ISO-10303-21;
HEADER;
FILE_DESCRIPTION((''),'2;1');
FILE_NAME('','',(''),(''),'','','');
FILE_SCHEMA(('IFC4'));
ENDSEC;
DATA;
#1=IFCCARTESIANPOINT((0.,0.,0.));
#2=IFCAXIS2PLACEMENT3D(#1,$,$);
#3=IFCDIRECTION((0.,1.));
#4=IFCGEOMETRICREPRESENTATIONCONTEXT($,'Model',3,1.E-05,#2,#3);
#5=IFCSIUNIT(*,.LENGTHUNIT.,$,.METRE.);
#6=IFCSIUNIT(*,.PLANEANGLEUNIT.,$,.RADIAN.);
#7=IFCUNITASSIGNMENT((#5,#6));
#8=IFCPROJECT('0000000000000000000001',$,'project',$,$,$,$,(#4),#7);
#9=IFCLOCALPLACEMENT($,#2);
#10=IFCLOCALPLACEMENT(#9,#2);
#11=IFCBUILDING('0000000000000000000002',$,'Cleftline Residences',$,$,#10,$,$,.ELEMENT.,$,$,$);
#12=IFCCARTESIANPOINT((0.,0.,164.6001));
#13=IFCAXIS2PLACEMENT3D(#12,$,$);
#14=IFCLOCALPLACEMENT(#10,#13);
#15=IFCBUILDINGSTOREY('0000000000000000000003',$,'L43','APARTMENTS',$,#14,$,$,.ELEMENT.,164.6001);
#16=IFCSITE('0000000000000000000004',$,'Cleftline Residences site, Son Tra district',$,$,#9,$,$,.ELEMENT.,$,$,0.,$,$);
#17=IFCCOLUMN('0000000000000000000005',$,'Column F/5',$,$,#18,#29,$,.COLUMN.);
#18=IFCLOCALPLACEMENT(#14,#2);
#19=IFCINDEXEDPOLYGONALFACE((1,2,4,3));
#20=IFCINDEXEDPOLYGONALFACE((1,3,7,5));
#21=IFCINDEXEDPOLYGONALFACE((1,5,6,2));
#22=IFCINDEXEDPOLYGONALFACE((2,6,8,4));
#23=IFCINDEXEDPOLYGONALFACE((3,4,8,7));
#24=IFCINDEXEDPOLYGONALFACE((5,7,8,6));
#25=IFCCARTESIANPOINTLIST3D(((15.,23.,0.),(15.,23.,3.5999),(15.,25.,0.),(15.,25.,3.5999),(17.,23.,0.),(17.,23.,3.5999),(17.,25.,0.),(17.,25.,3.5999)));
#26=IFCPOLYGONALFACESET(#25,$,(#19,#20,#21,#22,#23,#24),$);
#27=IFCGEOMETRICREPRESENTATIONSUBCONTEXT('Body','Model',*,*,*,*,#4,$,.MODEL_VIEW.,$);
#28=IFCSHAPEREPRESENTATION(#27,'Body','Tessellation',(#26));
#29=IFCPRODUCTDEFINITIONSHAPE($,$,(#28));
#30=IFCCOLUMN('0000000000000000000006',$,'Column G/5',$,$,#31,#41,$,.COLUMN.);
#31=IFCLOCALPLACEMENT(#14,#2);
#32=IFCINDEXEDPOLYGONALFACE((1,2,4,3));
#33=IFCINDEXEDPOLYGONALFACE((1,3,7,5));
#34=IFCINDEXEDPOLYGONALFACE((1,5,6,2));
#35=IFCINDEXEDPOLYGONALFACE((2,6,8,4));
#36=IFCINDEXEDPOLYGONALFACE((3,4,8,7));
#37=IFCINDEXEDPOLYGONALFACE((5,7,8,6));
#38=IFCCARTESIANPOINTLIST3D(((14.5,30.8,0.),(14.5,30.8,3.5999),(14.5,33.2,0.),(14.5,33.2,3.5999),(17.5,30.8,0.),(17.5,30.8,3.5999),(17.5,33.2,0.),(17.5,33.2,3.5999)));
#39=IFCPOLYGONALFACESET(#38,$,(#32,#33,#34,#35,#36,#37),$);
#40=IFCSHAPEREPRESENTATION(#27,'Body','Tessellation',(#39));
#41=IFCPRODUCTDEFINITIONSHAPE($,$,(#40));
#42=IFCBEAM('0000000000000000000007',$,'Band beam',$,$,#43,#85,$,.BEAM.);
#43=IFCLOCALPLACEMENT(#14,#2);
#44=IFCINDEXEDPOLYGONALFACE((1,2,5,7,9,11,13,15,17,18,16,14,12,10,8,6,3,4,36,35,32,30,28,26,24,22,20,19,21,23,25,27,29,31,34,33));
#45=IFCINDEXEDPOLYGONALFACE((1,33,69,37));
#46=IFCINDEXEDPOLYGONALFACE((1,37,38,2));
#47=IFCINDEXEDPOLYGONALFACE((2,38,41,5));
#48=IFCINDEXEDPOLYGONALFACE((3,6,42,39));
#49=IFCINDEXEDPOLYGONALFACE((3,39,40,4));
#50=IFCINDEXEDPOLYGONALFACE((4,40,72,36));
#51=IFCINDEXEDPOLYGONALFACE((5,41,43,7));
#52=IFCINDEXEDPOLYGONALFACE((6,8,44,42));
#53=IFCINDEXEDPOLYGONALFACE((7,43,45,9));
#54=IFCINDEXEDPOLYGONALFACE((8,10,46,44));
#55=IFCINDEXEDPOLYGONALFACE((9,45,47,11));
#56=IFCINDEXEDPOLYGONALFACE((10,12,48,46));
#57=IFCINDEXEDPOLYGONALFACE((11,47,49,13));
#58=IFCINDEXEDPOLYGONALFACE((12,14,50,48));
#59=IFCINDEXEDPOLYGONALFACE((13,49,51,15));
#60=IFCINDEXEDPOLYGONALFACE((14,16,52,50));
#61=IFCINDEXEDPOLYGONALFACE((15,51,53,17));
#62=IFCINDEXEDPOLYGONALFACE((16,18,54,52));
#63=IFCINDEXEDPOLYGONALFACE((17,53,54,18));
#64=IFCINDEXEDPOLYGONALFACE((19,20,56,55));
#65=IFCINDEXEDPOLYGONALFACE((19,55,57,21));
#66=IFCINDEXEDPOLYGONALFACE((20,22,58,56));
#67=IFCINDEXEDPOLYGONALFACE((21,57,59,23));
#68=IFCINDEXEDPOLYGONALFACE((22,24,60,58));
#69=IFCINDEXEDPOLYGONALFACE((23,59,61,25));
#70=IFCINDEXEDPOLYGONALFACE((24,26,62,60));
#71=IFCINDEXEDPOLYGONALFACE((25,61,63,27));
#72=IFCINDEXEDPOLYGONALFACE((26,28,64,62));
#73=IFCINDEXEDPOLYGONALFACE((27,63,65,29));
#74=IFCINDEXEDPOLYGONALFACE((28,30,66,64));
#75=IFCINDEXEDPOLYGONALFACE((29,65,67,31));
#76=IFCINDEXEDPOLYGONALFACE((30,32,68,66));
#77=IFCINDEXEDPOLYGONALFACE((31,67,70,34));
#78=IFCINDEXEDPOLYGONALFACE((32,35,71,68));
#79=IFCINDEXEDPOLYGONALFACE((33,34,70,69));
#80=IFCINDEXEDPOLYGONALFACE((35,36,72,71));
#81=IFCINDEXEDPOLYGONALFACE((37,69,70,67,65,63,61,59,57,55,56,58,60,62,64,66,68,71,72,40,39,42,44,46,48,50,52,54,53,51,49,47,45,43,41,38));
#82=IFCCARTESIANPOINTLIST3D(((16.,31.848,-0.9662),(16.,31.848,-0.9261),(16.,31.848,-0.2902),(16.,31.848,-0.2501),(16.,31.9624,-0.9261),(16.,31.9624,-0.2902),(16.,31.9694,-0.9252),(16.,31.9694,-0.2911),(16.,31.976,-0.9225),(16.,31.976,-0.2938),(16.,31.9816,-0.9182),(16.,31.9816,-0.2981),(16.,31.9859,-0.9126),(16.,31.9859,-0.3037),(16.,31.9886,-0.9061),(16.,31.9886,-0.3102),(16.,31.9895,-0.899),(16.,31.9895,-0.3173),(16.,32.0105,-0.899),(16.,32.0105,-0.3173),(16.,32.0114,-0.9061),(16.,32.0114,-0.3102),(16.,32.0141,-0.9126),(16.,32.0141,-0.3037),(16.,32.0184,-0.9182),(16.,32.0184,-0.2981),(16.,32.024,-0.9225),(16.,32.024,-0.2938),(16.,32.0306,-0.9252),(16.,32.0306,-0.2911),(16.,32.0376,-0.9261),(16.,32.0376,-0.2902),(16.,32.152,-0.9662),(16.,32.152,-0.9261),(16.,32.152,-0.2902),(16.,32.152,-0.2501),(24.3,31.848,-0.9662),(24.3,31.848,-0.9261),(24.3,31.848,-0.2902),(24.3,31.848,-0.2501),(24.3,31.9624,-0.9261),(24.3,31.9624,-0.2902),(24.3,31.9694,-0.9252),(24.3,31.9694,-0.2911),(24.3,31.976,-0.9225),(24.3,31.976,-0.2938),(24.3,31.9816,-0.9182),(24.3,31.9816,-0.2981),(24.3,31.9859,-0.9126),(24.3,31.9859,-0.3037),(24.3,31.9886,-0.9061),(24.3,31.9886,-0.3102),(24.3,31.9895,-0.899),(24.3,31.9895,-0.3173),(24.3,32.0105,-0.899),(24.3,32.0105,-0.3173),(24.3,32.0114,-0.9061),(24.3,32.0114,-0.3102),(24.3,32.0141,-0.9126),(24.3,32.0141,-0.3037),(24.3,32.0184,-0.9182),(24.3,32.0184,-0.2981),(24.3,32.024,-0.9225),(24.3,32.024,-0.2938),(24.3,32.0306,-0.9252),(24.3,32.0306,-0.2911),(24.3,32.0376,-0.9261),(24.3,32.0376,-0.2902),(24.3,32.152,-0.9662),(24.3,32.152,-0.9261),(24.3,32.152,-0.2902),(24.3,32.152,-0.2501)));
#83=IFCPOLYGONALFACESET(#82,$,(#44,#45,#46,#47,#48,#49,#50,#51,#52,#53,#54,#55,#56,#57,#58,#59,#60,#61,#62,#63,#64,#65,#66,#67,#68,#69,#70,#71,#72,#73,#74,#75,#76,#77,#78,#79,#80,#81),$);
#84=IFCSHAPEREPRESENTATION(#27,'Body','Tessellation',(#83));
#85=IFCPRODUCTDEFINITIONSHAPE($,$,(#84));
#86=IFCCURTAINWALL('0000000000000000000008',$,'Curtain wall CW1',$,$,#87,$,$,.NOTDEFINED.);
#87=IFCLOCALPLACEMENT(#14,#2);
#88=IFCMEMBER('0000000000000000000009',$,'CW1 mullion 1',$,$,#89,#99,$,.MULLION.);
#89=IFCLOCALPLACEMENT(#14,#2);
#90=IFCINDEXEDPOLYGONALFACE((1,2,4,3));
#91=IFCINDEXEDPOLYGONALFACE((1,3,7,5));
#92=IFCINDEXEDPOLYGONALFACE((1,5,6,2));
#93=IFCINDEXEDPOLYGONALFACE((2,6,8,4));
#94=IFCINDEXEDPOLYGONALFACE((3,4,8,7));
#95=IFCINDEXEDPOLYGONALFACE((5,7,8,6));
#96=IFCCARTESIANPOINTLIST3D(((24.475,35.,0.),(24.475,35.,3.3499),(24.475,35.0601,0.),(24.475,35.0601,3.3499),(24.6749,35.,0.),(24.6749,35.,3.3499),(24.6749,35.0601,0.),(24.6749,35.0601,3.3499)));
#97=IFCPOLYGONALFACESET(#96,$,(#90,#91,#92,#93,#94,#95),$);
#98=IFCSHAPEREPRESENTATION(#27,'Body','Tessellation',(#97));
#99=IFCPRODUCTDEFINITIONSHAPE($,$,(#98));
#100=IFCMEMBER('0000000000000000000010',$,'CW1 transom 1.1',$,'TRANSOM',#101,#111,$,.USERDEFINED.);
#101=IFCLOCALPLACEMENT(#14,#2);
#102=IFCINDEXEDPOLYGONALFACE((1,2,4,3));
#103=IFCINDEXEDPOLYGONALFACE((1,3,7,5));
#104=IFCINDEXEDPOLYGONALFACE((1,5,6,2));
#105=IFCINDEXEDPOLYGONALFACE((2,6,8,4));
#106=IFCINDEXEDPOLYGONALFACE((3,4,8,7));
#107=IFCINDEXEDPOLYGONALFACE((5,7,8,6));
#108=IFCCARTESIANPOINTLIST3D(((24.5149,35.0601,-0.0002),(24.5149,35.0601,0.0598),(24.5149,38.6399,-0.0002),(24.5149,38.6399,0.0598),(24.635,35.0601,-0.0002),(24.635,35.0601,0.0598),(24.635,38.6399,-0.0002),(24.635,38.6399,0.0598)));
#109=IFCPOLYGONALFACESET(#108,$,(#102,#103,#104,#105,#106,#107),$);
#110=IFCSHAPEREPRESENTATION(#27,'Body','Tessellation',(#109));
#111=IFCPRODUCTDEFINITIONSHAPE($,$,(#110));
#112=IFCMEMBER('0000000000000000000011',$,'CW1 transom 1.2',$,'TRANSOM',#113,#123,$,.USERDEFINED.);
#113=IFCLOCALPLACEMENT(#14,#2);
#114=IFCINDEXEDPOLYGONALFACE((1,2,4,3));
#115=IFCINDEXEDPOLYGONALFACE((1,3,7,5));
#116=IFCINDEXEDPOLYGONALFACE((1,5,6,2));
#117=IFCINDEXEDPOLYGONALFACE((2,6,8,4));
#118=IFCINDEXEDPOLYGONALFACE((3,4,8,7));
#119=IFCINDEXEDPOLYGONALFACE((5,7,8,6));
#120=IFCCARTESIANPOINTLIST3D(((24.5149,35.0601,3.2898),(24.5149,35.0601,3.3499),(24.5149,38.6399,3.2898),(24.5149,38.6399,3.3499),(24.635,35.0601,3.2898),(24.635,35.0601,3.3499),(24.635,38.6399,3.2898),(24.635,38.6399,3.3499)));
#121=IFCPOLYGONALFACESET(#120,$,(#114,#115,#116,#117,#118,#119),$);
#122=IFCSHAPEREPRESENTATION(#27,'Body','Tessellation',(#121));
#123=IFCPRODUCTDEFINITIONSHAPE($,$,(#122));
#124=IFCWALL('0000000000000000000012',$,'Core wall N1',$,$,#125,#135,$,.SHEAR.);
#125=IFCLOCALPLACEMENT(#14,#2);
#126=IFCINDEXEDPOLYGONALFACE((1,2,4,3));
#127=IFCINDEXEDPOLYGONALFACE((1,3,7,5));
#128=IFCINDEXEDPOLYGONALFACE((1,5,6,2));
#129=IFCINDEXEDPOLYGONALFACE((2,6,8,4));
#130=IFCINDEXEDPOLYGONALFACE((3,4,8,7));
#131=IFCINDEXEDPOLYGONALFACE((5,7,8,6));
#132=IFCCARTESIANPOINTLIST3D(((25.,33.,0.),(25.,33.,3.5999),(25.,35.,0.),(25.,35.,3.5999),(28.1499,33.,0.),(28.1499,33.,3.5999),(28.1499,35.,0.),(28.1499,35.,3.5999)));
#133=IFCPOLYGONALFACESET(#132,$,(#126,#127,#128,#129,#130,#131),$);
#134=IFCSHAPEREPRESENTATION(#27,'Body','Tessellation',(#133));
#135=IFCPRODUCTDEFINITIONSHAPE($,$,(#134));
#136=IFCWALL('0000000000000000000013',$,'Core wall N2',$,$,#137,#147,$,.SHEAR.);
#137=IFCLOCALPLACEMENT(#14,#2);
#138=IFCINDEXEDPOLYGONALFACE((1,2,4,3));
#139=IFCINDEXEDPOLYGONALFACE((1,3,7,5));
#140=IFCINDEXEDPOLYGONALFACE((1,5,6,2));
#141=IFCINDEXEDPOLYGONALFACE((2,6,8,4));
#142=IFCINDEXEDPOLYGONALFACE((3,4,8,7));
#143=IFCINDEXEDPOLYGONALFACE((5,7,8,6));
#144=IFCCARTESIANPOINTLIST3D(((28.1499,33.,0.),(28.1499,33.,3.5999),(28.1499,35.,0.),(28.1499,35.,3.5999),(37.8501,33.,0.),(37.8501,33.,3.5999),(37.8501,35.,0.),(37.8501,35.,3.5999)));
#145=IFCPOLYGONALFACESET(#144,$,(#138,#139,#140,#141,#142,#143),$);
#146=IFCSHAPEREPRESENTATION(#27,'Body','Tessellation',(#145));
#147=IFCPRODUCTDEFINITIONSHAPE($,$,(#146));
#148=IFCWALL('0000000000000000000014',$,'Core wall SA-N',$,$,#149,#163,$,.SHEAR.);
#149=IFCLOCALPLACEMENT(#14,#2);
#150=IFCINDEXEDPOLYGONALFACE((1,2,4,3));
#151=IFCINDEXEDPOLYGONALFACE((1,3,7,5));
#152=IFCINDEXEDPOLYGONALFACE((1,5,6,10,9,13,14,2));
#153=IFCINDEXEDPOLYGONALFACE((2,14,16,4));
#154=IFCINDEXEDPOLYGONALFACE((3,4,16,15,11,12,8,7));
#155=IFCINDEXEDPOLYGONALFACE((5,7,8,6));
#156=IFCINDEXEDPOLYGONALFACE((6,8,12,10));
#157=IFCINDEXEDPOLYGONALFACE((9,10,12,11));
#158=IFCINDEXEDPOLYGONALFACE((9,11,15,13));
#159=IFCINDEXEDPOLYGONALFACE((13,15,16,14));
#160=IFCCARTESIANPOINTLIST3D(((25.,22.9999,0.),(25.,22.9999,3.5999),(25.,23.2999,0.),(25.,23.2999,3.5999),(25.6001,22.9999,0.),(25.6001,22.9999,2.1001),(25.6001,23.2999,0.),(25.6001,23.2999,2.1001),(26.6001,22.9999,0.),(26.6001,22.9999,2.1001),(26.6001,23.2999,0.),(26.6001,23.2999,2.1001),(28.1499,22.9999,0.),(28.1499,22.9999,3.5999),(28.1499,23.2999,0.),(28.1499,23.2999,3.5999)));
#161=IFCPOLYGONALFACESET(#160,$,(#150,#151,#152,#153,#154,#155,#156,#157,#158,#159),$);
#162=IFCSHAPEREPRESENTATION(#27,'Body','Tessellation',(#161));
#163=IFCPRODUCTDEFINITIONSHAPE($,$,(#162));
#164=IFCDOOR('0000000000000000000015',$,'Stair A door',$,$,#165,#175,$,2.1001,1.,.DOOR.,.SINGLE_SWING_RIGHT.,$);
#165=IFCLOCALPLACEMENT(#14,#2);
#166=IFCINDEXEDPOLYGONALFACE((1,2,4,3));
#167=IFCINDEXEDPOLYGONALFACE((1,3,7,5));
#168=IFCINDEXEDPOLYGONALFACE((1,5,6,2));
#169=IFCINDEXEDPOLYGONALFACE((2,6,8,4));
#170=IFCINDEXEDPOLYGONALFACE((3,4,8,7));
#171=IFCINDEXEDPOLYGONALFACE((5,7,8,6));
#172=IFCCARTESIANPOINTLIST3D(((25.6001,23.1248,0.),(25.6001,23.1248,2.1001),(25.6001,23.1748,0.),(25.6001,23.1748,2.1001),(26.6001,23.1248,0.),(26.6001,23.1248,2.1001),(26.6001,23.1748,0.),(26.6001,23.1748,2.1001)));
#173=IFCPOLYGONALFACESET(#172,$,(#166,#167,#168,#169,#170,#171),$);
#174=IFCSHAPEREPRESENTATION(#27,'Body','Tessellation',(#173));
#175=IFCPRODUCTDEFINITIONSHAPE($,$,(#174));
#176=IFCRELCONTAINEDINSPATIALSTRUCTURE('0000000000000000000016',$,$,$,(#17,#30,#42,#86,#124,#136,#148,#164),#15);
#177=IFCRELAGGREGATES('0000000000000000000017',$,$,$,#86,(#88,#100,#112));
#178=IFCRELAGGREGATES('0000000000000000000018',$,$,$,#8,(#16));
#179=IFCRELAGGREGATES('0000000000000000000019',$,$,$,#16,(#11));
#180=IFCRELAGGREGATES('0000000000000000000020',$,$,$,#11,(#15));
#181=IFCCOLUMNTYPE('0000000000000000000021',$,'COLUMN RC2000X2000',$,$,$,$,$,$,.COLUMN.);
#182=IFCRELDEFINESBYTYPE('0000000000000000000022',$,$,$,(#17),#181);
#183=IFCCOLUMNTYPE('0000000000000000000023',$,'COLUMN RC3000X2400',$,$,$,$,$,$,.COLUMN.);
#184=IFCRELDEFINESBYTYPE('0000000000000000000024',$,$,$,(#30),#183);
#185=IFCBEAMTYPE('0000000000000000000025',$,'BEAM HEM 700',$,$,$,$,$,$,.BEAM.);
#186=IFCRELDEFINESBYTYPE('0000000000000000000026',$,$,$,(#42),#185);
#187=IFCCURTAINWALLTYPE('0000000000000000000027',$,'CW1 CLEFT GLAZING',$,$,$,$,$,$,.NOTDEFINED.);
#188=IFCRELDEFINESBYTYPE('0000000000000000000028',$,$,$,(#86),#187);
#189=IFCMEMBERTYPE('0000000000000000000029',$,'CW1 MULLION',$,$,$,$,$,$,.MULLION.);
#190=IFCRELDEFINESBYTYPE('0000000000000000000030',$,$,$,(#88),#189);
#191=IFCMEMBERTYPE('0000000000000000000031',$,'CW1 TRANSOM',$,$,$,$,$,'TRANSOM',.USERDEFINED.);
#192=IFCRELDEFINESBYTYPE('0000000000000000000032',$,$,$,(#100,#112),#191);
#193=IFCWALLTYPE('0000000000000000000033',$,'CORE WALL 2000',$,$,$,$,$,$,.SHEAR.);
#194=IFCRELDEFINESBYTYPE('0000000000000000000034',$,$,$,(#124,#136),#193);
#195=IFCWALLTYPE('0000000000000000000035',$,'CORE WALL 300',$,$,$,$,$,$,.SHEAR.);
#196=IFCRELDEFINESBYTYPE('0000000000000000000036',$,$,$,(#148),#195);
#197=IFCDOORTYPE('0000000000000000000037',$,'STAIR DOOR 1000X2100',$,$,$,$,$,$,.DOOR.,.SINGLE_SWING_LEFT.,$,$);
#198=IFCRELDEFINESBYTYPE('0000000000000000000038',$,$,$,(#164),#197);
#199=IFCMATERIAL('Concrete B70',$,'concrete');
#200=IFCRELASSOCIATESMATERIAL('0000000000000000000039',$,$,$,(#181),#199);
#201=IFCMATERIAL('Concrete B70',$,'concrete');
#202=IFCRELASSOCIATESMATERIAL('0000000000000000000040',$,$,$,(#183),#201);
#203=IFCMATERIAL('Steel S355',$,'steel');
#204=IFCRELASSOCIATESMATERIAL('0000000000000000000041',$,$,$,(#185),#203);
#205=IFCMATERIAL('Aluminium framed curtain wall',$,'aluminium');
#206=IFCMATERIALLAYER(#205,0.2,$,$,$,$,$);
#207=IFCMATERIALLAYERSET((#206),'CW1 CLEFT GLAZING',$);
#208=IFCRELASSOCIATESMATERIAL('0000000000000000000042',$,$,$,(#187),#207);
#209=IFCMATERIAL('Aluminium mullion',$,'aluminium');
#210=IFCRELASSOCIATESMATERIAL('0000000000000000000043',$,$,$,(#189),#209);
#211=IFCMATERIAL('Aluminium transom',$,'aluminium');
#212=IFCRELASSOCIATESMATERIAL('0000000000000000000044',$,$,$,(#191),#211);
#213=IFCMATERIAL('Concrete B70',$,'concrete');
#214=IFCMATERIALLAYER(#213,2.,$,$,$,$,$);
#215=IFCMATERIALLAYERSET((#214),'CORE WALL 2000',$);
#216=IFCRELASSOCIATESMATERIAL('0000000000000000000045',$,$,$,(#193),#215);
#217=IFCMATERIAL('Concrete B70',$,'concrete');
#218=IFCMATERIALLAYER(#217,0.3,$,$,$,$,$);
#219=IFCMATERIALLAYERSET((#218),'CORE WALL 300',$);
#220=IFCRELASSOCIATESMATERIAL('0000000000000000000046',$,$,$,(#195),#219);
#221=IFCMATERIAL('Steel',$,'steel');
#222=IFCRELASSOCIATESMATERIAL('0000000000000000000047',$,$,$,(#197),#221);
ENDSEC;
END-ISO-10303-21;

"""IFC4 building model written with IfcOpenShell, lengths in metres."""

from ifc_helpers import new_model, si_unit, direction, frame, frame_2d, origin, origin_2d, place, context, subcontext, project, spatial, rectangle, i_section, extrude, material, layer, layer_set, material_profile, profile_set, type_object, element, fill, aggregate, save


model = new_model("IFC4")

# Units and contexts
model_context = context("Model", 3, precision=1e-05, world=origin(), true_north=direction((0.0, 1.0)))
body_context = subcontext(model_context, "Body", "Model", "MODEL_VIEW")
ifc_project = project(units=[si_unit("LENGTHUNIT", "METRE"), si_unit("PLANEANGLEUNIT", "RADIAN")], contexts=[model_context])

# Site, building, storey
site_placement = place(None, origin())
site = spatial("IfcSite", under=ifc_project, at=site_placement, Name="Cleftline Residences site, Son Tra district", CompositionType="ELEMENT", RefElevation=0.0)
building_placement = place(site_placement, origin())
building = spatial("IfcBuilding", under=site, at=building_placement, Name="Cleftline Residences", CompositionType="ELEMENT")
storey_placement = place(building_placement, frame((0.0, 0.0, 164.6001)))
storey = spatial("IfcBuildingStorey", under=building, at=storey_placement, Name="L43", Description="APARTMENTS", CompositionType="ELEMENT", Elevation=164.6001)

# Columns
ifc_material_1 = material(Name="Concrete B70", Category="concrete")
ifc_material_profile_1 = material_profile(ifc_material_1, rectangle(XDim=2.0, YDim=2.0, at=origin_2d()))
ifc_profile_set_1 = profile_set([ifc_material_profile_1], Name="Concrete B70")
column_type_1 = type_object("IfcColumnType", Name="COLUMN RC2000X2000", PredefinedType="COLUMN", material=ifc_profile_set_1)
column_1_placement = place(storey_placement, frame((16.0, 24.0, 0.0), z_axis=(0.0, 0.0, 1.0), x_axis=(1.0, 0.0, 0.0)))
element("IfcColumn", 1, at=column_1_placement, inside=storey, type_object=column_type_1, Name="Column F/5", PredefinedType="COLUMN", context=body_context, shape_type="SweptSolid", body=[
    extrude(rectangle(XDim=2.0, YDim=2.0, at=origin_2d()), origin(), (0.0, 0.0, 1.0), 3.5999),
])
ifc_material_2 = material(Name="Concrete B70", Category="concrete")
ifc_material_profile_2 = material_profile(ifc_material_2, rectangle(XDim=3.0, YDim=2.3999, at=origin_2d()))
ifc_profile_set_2 = profile_set([ifc_material_profile_2], Name="Concrete B70")
column_type_2 = type_object("IfcColumnType", Name="COLUMN RC3000X2400", PredefinedType="COLUMN", material=ifc_profile_set_2)
column_2_placement = place(storey_placement, frame((16.0, 32.0, 0.0), z_axis=(0.0, 0.0, 1.0), x_axis=(1.0, 0.0, 0.0)))
element("IfcColumn", 2, at=column_2_placement, inside=storey, type_object=column_type_2, Name="Column G/5", PredefinedType="COLUMN", context=body_context, shape_type="SweptSolid", body=[
    extrude(rectangle(XDim=3.0, YDim=2.3999, at=origin_2d()), origin(), (0.0, 0.0, 1.0), 3.5999),
])

# Beam
ifc_material_3 = material(Name="Steel S355", Category="steel")
ifc_material_profile_3 = material_profile(ifc_material_3, i_section(OverallWidth=0.304, OverallDepth=0.7161, WebThickness=0.021, FlangeThickness=0.04, FilletRadius=0.0271, at=origin_2d()))
ifc_profile_set_3 = profile_set([ifc_material_profile_3], Name="Steel S355")
beam_type = type_object("IfcBeamType", Name="BEAM HEM 700", PredefinedType="BEAM", material=ifc_profile_set_3)
beam_placement = place(storey_placement, frame((16.0, 32.0, -0.6082), z_axis=(1.0, 0.0, 0.0), x_axis=(0.0, 1.0, 0.0)))
element("IfcBeam", 3, at=beam_placement, inside=storey, type_object=beam_type, Name="Band beam", PredefinedType="BEAM", context=body_context, shape_type="SweptSolid", body=[
    extrude(i_section(OverallWidth=0.304, OverallDepth=0.7161, WebThickness=0.021, FlangeThickness=0.04, FilletRadius=0.0271, at=origin_2d()), origin(), (0.0, 0.0, 1.0), 8.3),
])

# Curtain wall, members
ifc_material_4 = material(Name="Aluminium framed curtain wall", Category="aluminium")
ifc_layer_1 = layer(ifc_material_4, 0.2)
ifc_layer_set_1 = layer_set([ifc_layer_1], Name="CW1 CLEFT GLAZING")
curtain_wall_type = type_object("IfcCurtainWallType", Name="CW1 CLEFT GLAZING", PredefinedType="NOTDEFINED", material=ifc_layer_set_1)
curtain_wall_placement = place(storey_placement, origin())
curtain_wall = element("IfcCurtainWall", 4, at=curtain_wall_placement, inside=storey, type_object=curtain_wall_type, Name="Curtain wall CW1", PredefinedType="NOTDEFINED")
ifc_material_5 = material(Name="Aluminium mullion", Category="aluminium")
ifc_material_profile_4 = material_profile(ifc_material_5, rectangle(XDim=0.2, YDim=0.0601, at=origin_2d()))
ifc_profile_set_4 = profile_set([ifc_material_profile_4], Name="Aluminium mullion")
member_type_1 = type_object("IfcMemberType", Name="CW1 MULLION", PredefinedType="MULLION", material=ifc_profile_set_4)
member_1_placement = place(storey_placement, frame((24.575, 35.03, 0.0), z_axis=(0.0, 0.0, 1.0), x_axis=(-1.0, 0.0, 0.0)))
member_1 = element("IfcMember", 5, at=member_1_placement, type_object=member_type_1, Name="CW1 mullion 1", PredefinedType="MULLION", context=body_context, shape_type="SweptSolid", body=[
    extrude(rectangle(XDim=0.2, YDim=0.0601, at=origin_2d()), origin(), (0.0, 0.0, 1.0), 3.3499),
])
ifc_material_6 = material(Name="Aluminium transom", Category="aluminium")
ifc_material_profile_5 = material_profile(ifc_material_6, rectangle(XDim=0.1201, YDim=0.0601, at=origin_2d()))
ifc_profile_set_5 = profile_set([ifc_material_profile_5], Name="Aluminium transom")
member_type_2 = type_object("IfcMemberType", Name="CW1 TRANSOM", ElementType="TRANSOM", PredefinedType="USERDEFINED", material=ifc_profile_set_5)
member_2_placement = place(storey_placement, frame((24.575, 35.0601, 0.0298), z_axis=(0.0, 1.0, 0.0), x_axis=(-1.0, 0.0, 0.0)))
member_2 = element("IfcMember", 6, at=member_2_placement, type_object=member_type_2, Name="CW1 transom 1.1", ObjectType="TRANSOM", PredefinedType="USERDEFINED", context=body_context, shape_type="SweptSolid", body=[
    extrude(rectangle(XDim=0.1201, YDim=0.0601, at=origin_2d()), origin(), (0.0, 0.0, 1.0), 3.5798),
])
member_3_placement = place(storey_placement, frame((24.575, 35.0601, 3.3198), z_axis=(0.0, 1.0, 0.0), x_axis=(-1.0, 0.0, 0.0)))
member_3 = element("IfcMember", 7, at=member_3_placement, type_object=member_type_2, Name="CW1 transom 1.2", ObjectType="TRANSOM", PredefinedType="USERDEFINED", context=body_context, shape_type="SweptSolid", body=[
    extrude(rectangle(XDim=0.1201, YDim=0.0601, at=origin_2d()), origin(), (0.0, 0.0, 1.0), 3.5798),
])
aggregate(curtain_wall, [member_1, member_2, member_3])

# Walls
ifc_material_7 = material(Name="Concrete B70", Category="concrete")
ifc_layer_2 = layer(ifc_material_7, 2.0)
ifc_layer_set_2 = layer_set([ifc_layer_2], Name="CORE WALL 2000")
wall_type_1 = type_object("IfcWallType", Name="CORE WALL 2000", PredefinedType="SHEAR", material=ifc_layer_set_2)
wall_1_placement = place(storey_placement, frame((25.0, 34.0, 0.0), z_axis=(0.0, 0.0, 1.0), x_axis=(1.0, 0.0, 0.0)))
element("IfcWall", 8, at=wall_1_placement, inside=storey, type_object=wall_type_1, Name="Core wall N1", PredefinedType="SHEAR", context=body_context, shape_type="SweptSolid", body=[
    extrude(rectangle(XDim=3.1499, YDim=2.0, at=frame_2d((1.575, 0.0))), origin(), (0.0, 0.0, 1.0), 3.5999),
])
wall_2_placement = place(storey_placement, frame((28.1499, 34.0, 0.0), z_axis=(0.0, 0.0, 1.0), x_axis=(1.0, 0.0, 0.0)))
element("IfcWall", 9, at=wall_2_placement, inside=storey, type_object=wall_type_1, Name="Core wall N2", PredefinedType="SHEAR", context=body_context, shape_type="SweptSolid", body=[
    extrude(rectangle(XDim=9.7002, YDim=2.0, at=frame_2d((4.8501, 0.0))), origin(), (0.0, 0.0, 1.0), 3.5999),
])

# Wall, opening, door
ifc_material_8 = material(Name="Concrete B70", Category="concrete")
ifc_layer_3 = layer(ifc_material_8, 0.3)
ifc_layer_set_3 = layer_set([ifc_layer_3], Name="CORE WALL 300")
wall_type_2 = type_object("IfcWallType", Name="CORE WALL 300", PredefinedType="SHEAR", material=ifc_layer_set_3)
wall_3_placement = place(storey_placement, frame((25.0, 23.1499, 0.0), z_axis=(0.0, 0.0, 1.0), x_axis=(1.0, 0.0, 0.0)))
wall_3 = element("IfcWall", 10, at=wall_3_placement, inside=storey, type_object=wall_type_2, Name="Core wall SA-N", PredefinedType="SHEAR", context=body_context, shape_type="SweptSolid", body=[
    extrude(rectangle(XDim=3.1499, YDim=0.3, at=frame_2d((1.575, 0.0))), origin(), (0.0, 0.0, 1.0), 3.5999),
])
opening_1_placement = place(wall_3_placement, frame((0.6001, 0.0, 0.0)))
opening_1 = element("IfcOpeningElement", 11, at=opening_1_placement, cuts=wall_3, PredefinedType="OPENING", context=body_context, shape_type="SweptSolid", body=[
    extrude(rectangle(XDim=1.0, YDim=2.1001, at=frame_2d((0.5, 1.05))), frame((0.0, 0.1599, 0.0), z_axis=(0.0, -1.0, 0.0), x_axis=(1.0, 0.0, 0.0)), (0.0, 0.0, 1.0), 0.3201),
])
ifc_material_9 = material(Name="Steel", Category="steel")
door_type_1 = type_object("IfcDoorType", Name="STAIR DOOR 1000X2100", OperationType="SINGLE_SWING_LEFT", PredefinedType="DOOR", material=ifc_material_9)
door_1_placement = place(opening_1_placement, origin())
door_1 = element("IfcDoor", 12, at=door_1_placement, inside=storey, type_object=door_type_1, Name="Stair A door", OperationType="SINGLE_SWING_RIGHT", OverallHeight=2.1001, OverallWidth=1.0, PredefinedType="DOOR", context=body_context, shape_type="SweptSolid", body=[
    extrude(rectangle(XDim=1.0, YDim=2.1001, at=frame_2d((0.5, 1.05))), frame((0.0, 0.0249, 0.0), z_axis=(0.0, -1.0, 0.0), x_axis=(1.0, 0.0, 0.0)), (0.0, 0.0, 1.0), 0.05),
])
fill(opening_1, door_1)

save(model, "model.ifc")
